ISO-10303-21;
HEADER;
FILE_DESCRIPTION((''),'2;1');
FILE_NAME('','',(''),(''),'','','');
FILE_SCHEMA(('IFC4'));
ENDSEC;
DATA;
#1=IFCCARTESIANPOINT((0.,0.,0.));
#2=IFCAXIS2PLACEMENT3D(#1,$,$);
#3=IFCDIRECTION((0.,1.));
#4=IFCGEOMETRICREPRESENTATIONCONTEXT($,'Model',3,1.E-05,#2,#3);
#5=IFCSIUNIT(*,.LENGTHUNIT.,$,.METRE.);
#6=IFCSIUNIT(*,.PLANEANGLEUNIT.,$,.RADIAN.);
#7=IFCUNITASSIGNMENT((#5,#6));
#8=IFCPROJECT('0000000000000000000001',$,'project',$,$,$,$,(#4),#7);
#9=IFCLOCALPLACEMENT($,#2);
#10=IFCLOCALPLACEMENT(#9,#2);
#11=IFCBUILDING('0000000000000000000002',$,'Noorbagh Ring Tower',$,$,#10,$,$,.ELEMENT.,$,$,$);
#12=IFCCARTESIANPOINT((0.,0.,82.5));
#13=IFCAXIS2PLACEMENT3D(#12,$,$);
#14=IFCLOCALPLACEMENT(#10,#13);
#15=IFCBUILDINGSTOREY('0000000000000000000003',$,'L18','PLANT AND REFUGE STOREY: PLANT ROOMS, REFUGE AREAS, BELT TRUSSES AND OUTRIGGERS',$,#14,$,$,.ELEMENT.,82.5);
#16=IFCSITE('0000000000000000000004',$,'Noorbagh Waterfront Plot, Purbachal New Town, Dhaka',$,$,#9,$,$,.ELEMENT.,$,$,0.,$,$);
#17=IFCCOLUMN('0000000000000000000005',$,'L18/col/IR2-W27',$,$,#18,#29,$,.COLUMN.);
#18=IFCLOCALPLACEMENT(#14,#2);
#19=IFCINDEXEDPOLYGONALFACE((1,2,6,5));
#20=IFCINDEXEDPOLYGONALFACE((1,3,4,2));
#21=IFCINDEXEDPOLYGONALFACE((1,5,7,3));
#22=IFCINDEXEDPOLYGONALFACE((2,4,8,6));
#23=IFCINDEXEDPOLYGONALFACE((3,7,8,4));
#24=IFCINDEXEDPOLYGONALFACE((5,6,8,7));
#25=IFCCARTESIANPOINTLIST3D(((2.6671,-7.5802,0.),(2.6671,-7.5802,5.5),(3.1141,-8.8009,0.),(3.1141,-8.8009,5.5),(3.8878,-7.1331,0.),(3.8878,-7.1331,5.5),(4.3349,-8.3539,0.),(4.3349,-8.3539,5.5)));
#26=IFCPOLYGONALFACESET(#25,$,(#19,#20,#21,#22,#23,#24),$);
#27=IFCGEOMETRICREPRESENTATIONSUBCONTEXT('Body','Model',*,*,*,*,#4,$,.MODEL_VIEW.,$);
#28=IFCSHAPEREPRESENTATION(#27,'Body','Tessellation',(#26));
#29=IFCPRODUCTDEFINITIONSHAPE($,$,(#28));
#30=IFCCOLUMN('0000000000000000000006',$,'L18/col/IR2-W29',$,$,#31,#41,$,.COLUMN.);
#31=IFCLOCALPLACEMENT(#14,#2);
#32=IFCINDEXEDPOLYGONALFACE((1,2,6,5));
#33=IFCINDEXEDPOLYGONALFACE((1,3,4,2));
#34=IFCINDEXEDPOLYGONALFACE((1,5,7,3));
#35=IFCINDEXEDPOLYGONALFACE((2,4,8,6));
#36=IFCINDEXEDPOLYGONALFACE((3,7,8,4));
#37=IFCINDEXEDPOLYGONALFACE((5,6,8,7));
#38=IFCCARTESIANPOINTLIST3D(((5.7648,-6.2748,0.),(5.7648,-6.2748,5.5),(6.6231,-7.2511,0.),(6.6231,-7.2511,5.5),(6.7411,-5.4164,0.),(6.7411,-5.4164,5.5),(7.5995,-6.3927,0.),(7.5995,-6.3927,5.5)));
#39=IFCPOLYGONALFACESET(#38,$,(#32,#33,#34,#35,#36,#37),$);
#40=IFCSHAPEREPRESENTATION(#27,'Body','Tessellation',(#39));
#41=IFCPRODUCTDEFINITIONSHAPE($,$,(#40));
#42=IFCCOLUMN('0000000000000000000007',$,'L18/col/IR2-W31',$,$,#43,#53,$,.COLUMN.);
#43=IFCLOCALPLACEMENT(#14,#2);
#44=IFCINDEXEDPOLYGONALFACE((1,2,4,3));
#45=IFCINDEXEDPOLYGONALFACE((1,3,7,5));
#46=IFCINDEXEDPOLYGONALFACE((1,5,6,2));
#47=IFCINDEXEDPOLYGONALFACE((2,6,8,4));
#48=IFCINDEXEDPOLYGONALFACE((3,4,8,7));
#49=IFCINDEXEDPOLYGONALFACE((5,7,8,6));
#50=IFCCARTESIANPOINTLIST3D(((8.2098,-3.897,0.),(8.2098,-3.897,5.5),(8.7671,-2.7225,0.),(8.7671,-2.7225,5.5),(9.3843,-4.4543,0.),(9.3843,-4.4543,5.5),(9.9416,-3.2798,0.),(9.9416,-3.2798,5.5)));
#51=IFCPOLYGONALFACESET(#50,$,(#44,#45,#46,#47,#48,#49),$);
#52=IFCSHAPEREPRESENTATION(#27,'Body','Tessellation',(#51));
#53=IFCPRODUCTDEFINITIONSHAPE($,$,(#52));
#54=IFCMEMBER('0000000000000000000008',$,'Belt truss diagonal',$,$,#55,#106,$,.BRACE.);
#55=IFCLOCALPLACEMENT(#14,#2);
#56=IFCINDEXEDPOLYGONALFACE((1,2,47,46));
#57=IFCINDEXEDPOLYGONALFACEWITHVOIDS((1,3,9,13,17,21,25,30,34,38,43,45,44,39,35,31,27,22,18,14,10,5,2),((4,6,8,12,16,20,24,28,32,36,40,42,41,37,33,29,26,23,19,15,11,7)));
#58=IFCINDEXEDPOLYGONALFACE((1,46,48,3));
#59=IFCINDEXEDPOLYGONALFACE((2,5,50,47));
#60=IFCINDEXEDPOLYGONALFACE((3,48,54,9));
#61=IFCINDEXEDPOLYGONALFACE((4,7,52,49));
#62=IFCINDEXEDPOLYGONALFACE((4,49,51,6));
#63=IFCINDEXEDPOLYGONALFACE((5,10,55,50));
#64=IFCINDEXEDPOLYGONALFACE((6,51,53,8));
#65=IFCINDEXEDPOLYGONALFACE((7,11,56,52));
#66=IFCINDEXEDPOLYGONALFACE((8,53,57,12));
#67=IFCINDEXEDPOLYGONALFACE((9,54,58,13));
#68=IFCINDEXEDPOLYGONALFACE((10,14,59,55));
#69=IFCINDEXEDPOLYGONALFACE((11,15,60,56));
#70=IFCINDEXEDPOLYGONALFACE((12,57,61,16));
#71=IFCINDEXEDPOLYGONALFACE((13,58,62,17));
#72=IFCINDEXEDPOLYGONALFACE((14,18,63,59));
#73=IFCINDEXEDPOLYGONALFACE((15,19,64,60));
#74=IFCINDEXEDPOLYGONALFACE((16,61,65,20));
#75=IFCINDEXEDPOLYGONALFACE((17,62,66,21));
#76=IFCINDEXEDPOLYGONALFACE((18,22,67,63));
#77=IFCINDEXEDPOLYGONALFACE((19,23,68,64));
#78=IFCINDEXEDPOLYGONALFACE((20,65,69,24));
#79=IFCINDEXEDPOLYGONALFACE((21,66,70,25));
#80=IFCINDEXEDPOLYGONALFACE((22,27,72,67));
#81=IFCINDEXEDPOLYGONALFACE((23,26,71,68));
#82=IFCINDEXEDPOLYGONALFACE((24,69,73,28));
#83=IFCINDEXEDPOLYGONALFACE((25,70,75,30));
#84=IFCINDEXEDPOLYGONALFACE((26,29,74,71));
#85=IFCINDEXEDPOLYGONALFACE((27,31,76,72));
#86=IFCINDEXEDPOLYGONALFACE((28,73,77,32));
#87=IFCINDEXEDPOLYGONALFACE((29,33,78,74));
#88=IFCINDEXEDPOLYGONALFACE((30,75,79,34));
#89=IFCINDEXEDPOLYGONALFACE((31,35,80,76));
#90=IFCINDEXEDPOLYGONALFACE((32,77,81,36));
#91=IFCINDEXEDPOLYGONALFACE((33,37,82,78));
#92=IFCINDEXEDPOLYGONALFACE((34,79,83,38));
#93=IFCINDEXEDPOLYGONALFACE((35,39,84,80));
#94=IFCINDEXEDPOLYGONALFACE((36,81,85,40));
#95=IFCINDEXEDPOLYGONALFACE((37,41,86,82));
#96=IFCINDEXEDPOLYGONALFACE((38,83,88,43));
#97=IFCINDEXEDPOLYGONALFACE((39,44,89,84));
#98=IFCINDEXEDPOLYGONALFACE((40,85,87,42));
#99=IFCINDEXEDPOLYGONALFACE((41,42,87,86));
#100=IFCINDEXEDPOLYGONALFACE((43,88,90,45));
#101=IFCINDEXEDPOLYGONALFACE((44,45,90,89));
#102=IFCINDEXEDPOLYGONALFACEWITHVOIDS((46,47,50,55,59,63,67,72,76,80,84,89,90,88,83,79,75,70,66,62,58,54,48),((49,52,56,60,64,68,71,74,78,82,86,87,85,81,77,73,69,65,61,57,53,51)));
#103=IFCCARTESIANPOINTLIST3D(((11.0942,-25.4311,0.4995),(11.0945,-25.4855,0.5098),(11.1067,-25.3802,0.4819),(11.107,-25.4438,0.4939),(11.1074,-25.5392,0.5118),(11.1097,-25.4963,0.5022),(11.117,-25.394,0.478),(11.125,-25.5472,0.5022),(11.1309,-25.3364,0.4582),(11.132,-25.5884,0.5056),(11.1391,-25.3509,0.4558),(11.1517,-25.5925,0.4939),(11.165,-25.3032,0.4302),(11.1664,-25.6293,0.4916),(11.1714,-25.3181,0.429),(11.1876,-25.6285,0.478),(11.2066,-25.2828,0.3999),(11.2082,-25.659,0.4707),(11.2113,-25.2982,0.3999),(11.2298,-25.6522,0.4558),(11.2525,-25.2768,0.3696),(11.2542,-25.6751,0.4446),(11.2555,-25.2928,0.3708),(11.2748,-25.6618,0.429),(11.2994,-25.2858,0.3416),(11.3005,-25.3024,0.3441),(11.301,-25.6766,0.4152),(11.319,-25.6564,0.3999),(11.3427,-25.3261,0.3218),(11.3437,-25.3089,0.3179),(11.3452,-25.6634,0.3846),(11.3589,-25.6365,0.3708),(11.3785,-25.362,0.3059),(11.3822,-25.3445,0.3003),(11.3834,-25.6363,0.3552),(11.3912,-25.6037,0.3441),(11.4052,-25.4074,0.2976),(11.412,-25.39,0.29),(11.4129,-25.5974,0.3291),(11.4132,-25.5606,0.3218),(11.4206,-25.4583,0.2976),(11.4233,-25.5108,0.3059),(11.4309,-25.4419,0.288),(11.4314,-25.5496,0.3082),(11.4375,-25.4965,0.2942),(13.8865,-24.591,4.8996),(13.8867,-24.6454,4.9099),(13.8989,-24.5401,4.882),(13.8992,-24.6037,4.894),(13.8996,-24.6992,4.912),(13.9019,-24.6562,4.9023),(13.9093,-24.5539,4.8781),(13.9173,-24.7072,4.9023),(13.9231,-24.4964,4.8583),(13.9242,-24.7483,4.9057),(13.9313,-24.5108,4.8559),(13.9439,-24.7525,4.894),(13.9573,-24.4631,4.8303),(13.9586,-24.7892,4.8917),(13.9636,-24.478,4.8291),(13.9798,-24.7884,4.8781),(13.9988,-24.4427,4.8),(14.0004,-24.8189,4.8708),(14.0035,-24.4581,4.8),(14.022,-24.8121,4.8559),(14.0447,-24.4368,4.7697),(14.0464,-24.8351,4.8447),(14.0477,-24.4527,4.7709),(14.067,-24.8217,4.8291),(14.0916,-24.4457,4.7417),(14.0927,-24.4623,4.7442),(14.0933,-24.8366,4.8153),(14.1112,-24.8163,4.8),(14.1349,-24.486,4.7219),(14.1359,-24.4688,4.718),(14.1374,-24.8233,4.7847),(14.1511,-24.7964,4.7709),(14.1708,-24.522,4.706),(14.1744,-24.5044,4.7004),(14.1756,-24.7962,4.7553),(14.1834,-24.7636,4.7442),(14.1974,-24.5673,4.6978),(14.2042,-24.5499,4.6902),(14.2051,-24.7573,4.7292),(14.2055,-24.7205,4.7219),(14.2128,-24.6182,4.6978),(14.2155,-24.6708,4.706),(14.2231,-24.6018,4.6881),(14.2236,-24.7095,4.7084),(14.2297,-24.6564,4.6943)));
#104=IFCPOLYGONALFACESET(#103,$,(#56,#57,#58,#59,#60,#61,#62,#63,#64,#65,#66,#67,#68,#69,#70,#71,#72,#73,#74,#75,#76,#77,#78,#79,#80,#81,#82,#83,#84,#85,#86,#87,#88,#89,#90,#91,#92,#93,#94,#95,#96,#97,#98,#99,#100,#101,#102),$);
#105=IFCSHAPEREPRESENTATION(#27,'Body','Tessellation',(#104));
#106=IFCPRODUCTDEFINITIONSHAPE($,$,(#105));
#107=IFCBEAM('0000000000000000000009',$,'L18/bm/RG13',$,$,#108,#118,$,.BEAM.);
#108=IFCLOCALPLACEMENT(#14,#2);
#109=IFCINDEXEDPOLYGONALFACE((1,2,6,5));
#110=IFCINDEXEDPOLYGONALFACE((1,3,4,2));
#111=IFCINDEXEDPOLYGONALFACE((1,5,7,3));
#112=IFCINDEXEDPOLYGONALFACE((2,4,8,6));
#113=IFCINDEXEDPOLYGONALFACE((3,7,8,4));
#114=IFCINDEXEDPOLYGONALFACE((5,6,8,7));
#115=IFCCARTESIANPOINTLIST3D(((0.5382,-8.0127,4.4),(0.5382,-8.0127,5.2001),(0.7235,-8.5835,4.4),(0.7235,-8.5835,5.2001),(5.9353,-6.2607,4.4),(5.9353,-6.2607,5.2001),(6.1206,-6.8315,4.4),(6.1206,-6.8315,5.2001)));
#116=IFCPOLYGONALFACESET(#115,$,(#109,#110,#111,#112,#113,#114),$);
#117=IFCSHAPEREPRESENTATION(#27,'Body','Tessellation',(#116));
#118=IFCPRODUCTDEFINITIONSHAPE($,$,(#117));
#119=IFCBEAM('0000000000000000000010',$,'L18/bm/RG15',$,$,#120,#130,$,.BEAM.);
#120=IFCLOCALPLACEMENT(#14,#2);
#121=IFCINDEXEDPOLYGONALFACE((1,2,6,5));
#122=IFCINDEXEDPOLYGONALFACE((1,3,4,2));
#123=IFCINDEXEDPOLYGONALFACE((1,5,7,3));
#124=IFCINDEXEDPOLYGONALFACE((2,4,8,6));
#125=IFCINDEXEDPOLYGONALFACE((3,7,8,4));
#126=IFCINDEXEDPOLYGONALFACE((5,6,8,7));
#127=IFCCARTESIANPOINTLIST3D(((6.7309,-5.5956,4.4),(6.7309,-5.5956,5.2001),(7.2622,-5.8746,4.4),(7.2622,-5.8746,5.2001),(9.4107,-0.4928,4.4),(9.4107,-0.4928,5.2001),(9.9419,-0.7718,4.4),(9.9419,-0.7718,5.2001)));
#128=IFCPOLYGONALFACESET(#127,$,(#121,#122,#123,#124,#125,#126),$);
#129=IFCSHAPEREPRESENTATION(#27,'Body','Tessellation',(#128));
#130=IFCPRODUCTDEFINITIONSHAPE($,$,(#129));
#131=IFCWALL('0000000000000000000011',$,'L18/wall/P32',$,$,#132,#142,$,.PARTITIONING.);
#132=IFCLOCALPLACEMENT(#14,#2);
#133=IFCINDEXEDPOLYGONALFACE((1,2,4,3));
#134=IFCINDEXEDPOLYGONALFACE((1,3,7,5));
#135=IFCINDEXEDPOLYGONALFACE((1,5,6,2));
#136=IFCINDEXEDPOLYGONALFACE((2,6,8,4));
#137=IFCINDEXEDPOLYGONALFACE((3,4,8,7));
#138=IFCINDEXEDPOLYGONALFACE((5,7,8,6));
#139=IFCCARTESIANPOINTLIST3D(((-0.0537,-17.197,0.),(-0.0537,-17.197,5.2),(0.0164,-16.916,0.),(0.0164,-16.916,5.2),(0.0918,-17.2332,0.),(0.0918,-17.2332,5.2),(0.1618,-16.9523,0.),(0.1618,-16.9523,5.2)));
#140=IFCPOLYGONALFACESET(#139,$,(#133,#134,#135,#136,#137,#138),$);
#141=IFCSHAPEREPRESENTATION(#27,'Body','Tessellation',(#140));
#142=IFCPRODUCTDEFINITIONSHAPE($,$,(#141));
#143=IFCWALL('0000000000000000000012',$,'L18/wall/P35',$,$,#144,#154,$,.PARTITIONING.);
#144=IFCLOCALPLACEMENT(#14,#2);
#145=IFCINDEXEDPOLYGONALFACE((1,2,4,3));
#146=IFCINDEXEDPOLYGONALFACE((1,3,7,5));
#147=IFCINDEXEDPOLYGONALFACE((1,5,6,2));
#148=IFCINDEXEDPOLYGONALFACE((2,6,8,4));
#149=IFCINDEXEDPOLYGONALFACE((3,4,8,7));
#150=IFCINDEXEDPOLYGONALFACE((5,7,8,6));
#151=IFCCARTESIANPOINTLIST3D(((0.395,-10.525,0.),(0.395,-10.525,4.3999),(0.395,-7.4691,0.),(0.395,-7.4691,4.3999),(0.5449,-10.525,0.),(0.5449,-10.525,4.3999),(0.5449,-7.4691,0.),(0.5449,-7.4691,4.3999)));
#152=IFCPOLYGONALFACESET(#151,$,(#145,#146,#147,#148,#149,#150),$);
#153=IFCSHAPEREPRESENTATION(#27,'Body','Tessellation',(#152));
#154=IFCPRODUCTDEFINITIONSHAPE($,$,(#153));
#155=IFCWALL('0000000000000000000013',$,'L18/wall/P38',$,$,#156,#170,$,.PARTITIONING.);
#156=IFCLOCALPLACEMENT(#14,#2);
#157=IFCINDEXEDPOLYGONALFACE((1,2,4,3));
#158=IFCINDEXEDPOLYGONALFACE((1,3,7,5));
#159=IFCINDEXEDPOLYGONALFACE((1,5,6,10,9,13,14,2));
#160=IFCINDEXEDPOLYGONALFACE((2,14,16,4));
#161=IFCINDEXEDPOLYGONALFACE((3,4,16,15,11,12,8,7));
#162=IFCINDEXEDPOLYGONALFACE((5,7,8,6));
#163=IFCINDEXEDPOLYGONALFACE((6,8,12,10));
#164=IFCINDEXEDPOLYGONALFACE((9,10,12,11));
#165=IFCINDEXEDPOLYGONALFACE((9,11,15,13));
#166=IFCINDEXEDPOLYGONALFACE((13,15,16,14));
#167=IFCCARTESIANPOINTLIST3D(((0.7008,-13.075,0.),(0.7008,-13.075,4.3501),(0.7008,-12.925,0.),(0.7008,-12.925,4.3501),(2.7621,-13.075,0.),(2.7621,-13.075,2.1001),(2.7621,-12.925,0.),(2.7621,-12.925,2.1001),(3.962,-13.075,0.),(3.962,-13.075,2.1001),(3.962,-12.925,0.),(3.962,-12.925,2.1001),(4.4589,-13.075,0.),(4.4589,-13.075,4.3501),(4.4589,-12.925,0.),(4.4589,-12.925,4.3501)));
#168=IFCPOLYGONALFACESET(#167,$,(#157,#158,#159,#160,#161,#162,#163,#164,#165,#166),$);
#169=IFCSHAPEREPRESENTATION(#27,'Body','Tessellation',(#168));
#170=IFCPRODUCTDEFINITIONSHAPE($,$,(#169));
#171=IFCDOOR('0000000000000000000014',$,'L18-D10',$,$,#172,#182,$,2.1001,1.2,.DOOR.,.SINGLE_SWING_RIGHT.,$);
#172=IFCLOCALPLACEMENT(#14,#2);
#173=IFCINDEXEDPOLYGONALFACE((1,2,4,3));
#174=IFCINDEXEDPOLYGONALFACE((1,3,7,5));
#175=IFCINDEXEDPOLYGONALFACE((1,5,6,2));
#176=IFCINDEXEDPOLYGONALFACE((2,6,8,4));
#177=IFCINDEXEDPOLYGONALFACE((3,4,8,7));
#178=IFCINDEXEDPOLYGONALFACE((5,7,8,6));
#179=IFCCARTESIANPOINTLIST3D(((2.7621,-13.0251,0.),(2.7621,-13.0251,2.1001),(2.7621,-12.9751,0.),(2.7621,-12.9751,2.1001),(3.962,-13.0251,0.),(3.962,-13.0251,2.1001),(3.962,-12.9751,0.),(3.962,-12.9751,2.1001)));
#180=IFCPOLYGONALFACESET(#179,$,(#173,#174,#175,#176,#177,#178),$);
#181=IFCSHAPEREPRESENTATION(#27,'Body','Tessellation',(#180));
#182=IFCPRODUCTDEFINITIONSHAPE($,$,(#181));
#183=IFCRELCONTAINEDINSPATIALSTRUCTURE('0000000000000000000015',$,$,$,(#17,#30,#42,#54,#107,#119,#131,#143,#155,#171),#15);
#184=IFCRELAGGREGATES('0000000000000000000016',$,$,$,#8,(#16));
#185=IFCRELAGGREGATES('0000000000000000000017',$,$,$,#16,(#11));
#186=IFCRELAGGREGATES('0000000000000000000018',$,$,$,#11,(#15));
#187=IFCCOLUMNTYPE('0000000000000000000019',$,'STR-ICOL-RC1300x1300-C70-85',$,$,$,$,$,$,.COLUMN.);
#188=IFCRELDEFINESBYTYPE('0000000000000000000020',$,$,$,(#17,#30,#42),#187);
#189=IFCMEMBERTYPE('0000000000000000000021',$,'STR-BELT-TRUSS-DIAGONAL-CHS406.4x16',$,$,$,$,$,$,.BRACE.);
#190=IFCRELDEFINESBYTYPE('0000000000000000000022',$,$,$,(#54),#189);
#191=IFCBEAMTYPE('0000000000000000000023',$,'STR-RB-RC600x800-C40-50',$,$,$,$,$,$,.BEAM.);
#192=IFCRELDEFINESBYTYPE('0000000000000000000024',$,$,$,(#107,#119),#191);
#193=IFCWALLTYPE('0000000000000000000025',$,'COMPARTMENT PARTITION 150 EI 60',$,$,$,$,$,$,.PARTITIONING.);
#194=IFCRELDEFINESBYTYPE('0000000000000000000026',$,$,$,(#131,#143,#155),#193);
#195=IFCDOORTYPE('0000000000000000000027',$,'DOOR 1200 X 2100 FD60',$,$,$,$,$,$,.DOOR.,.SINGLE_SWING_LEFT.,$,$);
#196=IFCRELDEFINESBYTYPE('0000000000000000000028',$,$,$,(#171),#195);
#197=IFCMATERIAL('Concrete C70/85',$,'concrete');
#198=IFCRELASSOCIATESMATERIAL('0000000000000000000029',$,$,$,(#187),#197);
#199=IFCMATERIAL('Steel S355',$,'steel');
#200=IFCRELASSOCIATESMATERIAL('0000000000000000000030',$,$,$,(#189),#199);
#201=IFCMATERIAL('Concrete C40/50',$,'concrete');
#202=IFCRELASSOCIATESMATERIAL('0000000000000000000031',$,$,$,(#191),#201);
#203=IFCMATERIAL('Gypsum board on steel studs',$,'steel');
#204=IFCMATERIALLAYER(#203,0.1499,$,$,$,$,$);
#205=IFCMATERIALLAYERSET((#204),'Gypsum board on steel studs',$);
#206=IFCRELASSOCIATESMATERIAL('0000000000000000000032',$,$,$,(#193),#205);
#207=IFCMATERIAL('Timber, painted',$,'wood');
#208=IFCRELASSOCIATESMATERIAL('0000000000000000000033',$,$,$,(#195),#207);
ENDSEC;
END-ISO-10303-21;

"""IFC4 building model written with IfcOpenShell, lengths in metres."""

from ifc_helpers import new_model, si_unit, direction, frame, frame_2d, origin, origin_2d, place, context, subcontext, project, spatial, rectangle, hollow_circle, extrude, material, layer, layer_set, material_profile, profile_set, type_object, element, fill, save


model = new_model("IFC4")

# Units and contexts
model_context = context("Model", 3, precision=1e-05, world=origin(), true_north=direction((0.0, 1.0)))
body_context = subcontext(model_context, "Body", "Model", "MODEL_VIEW")
ifc_project = project(units=[si_unit("LENGTHUNIT", "METRE"), si_unit("PLANEANGLEUNIT", "RADIAN")], contexts=[model_context])

# Site, building, storey
site_placement = place(None, origin())
site = spatial("IfcSite", under=ifc_project, at=site_placement, Name="Noorbagh Waterfront Plot, Purbachal New Town, Dhaka", CompositionType="ELEMENT", RefElevation=0.0)
building_placement = place(site_placement, origin())
building = spatial("IfcBuilding", under=site, at=building_placement, Name="Noorbagh Ring Tower", CompositionType="ELEMENT")
storey_placement = place(building_placement, frame((0.0, 0.0, 82.5)))
storey = spatial("IfcBuildingStorey", under=building, at=storey_placement, Name="L18", Description="PLANT AND REFUGE STOREY: PLANT ROOMS, REFUGE AREAS, BELT TRUSSES AND OUTRIGGERS", CompositionType="ELEMENT", Elevation=82.5)

# Columns
ifc_material_1 = material(Name="Concrete C70/85", Category="concrete")
ifc_material_profile_1 = material_profile(ifc_material_1, rectangle(XDim=1.3, YDim=1.3, at=origin_2d()), Name="RC1300x1300")
ifc_profile_set_1 = profile_set([ifc_material_profile_1], Name="Concrete C70/85")
column_type = type_object("IfcColumnType", Name="STR-ICOL-RC1300x1300-C70-85", PredefinedType="COLUMN", material=ifc_profile_set_1)
for number, where, z_axis, x_axis, name in (
    (1, (3.501, -7.967, 0.0), (0.0, 0.0, 1.0), (0.93902, 0.343864, 0.0), "L18/col/IR2-W27"),
    (2, (6.6821, -6.3337, 0.0), (0.0, 0.0, 1.0), (0.751022, 0.660277, 0.0), "L18/col/IR2-W29"),
    (3, (9.0757, -3.5884, 0.0), (0.0, 0.0, 1.0), (0.428667, 0.903463, 0.0), "L18/col/IR2-W31"),
):
    element("IfcColumn", number, at=place(storey_placement, frame(where, z_axis=z_axis, x_axis=x_axis)), inside=storey, type_object=column_type, Name=name, PredefinedType="COLUMN", context=body_context, shape_type="SweptSolid", body=[
        extrude(rectangle(XDim=1.3, YDim=1.3, at=origin_2d()), origin(), (0.0, 0.0, 1.0), 5.5),
    ])

# Member
ifc_material_2 = material(Name="Steel S355", Category="steel")
ifc_material_profile_2 = material_profile(ifc_material_2, hollow_circle(Radius=0.2031, WallThickness=0.0161, at=origin_2d()), Name="CHS406.4x16")
ifc_profile_set_2 = profile_set([ifc_material_profile_2], Name="Steel S355")
member_type = type_object("IfcMemberType", Name="STR-BELT-TRUSS-DIAGONAL-CHS406.4x16", PredefinedType="BRACE", material=ifc_profile_set_2)
member_placement = place(storey_placement, frame((11.2651, -25.4773, 0.3999), z_axis=(0.528973, 0.15915, 0.833582), x_axis=(-0.288108, 0.957598, 0.0)))
element("IfcMember", 4, at=member_placement, inside=storey, type_object=member_type, Name="Belt truss diagonal", PredefinedType="BRACE", context=body_context, shape_type="SweptSolid", body=[
    extrude(hollow_circle(Radius=0.2031, WallThickness=0.0161, at=origin_2d()), origin(), (0.0, 0.0, 1.0), 5.2786),
])

# Beams
ifc_material_3 = material(Name="Concrete C40/50", Category="concrete")
ifc_material_profile_3 = material_profile(ifc_material_3, rectangle(XDim=0.6001, YDim=0.8, at=origin_2d()), Name="RC600x800")
ifc_profile_set_3 = profile_set([ifc_material_profile_3], Name="Concrete C40/50")
beam_type = type_object("IfcBeamType", Name="STR-RB-RC600x800-C40-50", PredefinedType="BEAM", material=ifc_profile_set_3)
beam_1_placement = place(storey_placement, frame((0.6309, -8.2981, 4.8), z_axis=(0.951141, 0.308757, 0.0), x_axis=(-0.308757, 0.951141, 0.0)))
element("IfcBeam", 5, at=beam_1_placement, inside=storey, type_object=beam_type, Name="L18/bm/RG13", PredefinedType="BEAM", context=body_context, shape_type="SweptSolid", body=[
    extrude(rectangle(XDim=0.6001, YDim=0.8, at=origin_2d()), origin(), (0.0, 0.0, 1.0), 5.6743),
])
beam_2_placement = place(storey_placement, frame((6.9966, -5.7351, 4.8), z_axis=(0.464933, 0.885346, 0.0), x_axis=(-0.885346, 0.464933, 0.0)))
element("IfcBeam", 6, at=beam_2_placement, inside=storey, type_object=beam_type, Name="L18/bm/RG15", PredefinedType="BEAM", context=body_context, shape_type="SweptSolid", body=[
    extrude(rectangle(XDim=0.6001, YDim=0.8, at=origin_2d()), origin(), (0.0, 0.0, 1.0), 5.7637),
])

# Walls
ifc_material_4 = material(Name="Gypsum board on steel studs", Category="steel")
ifc_layer = layer(ifc_material_4, 0.1499)
ifc_layer_set = layer_set([ifc_layer], Name="Gypsum board on steel studs")
wall_type = type_object("IfcWallType", Name="COMPARTMENT PARTITION 150 EI 60", PredefinedType="PARTITIONING", material=ifc_layer_set)
wall_1_placement = place(storey_placement, frame((0.019, -17.2151, 0.0), z_axis=(0.0, 0.0, 1.0), x_axis=(0.241941, 0.970291, 0.0)))
element("IfcWall", 7, at=wall_1_placement, inside=storey, type_object=wall_type, Name="L18/wall/P32", PredefinedType="PARTITIONING", context=body_context, shape_type="SweptSolid", body=[
    extrude(rectangle(XDim=0.2896, YDim=0.1499, at=frame_2d((0.1448, 0.0))), origin(), (0.0, 0.0, 1.0), 5.2),
])
wall_2_placement = place(storey_placement, frame((0.47, -10.5249, 0.0), z_axis=(0.0, 0.0, 1.0), x_axis=(0.0, 1.0, 0.0)))
element("IfcWall", 8, at=wall_2_placement, inside=storey, type_object=wall_type, Name="L18/wall/P35", PredefinedType="PARTITIONING", context=body_context, shape_type="SweptSolid", body=[
    extrude(rectangle(XDim=3.0559, YDim=0.1499, at=frame_2d((1.5278, 0.0))), origin(), (0.0, 0.0, 1.0), 4.3999),
])

# Wall, opening, door
wall_3_placement = place(storey_placement, frame((0.7009, -13.0, 0.0), z_axis=(0.0, 0.0, 1.0), x_axis=(1.0, 0.0, 0.0)))
wall_3 = element("IfcWall", 9, at=wall_3_placement, inside=storey, type_object=wall_type, Name="L18/wall/P38", PredefinedType="PARTITIONING", context=body_context, shape_type="SweptSolid", body=[
    extrude(rectangle(XDim=3.7581, YDim=0.1499, at=frame_2d((1.8789, 0.0))), origin(), (0.0, 0.0, 1.0), 4.3501),
])
opening_1_placement = place(wall_3_placement, frame((2.061, 0.0, 0.0)))
opening_1 = element("IfcOpeningElement", 10, at=opening_1_placement, cuts=wall_3, PredefinedType="OPENING", context=body_context, shape_type="SweptSolid", body=[
    extrude(rectangle(XDim=1.2, YDim=2.1001, at=frame_2d((0.6001, 1.05))), frame((0.0, 0.085, 0.0), z_axis=(0.0, -1.0, 0.0), x_axis=(1.0, 0.0, 0.0)), (0.0, 0.0, 1.0), 0.1699),
])
ifc_material_5 = material(Name="Timber, painted", Category="wood")
door_type = type_object("IfcDoorType", Name="DOOR 1200 X 2100 FD60", OperationType="SINGLE_SWING_LEFT", PredefinedType="DOOR", material=ifc_material_5)
door_1_placement = place(opening_1_placement, origin())
door_1 = element("IfcDoor", 11, at=door_1_placement, inside=storey, type_object=door_type, Name="L18-D10", OperationType="SINGLE_SWING_RIGHT", OverallHeight=2.1001, OverallWidth=1.2, PredefinedType="DOOR", context=body_context, shape_type="SweptSolid", body=[
    extrude(rectangle(XDim=1.2, YDim=2.1001, at=frame_2d((0.6001, 1.05))), frame((0.0, 0.0249, 0.0), z_axis=(0.0, -1.0, 0.0), x_axis=(1.0, 0.0, 0.0)), (0.0, 0.0, 1.0), 0.05),
])
fill(opening_1, door_1)

save(model, "model.ifc")
